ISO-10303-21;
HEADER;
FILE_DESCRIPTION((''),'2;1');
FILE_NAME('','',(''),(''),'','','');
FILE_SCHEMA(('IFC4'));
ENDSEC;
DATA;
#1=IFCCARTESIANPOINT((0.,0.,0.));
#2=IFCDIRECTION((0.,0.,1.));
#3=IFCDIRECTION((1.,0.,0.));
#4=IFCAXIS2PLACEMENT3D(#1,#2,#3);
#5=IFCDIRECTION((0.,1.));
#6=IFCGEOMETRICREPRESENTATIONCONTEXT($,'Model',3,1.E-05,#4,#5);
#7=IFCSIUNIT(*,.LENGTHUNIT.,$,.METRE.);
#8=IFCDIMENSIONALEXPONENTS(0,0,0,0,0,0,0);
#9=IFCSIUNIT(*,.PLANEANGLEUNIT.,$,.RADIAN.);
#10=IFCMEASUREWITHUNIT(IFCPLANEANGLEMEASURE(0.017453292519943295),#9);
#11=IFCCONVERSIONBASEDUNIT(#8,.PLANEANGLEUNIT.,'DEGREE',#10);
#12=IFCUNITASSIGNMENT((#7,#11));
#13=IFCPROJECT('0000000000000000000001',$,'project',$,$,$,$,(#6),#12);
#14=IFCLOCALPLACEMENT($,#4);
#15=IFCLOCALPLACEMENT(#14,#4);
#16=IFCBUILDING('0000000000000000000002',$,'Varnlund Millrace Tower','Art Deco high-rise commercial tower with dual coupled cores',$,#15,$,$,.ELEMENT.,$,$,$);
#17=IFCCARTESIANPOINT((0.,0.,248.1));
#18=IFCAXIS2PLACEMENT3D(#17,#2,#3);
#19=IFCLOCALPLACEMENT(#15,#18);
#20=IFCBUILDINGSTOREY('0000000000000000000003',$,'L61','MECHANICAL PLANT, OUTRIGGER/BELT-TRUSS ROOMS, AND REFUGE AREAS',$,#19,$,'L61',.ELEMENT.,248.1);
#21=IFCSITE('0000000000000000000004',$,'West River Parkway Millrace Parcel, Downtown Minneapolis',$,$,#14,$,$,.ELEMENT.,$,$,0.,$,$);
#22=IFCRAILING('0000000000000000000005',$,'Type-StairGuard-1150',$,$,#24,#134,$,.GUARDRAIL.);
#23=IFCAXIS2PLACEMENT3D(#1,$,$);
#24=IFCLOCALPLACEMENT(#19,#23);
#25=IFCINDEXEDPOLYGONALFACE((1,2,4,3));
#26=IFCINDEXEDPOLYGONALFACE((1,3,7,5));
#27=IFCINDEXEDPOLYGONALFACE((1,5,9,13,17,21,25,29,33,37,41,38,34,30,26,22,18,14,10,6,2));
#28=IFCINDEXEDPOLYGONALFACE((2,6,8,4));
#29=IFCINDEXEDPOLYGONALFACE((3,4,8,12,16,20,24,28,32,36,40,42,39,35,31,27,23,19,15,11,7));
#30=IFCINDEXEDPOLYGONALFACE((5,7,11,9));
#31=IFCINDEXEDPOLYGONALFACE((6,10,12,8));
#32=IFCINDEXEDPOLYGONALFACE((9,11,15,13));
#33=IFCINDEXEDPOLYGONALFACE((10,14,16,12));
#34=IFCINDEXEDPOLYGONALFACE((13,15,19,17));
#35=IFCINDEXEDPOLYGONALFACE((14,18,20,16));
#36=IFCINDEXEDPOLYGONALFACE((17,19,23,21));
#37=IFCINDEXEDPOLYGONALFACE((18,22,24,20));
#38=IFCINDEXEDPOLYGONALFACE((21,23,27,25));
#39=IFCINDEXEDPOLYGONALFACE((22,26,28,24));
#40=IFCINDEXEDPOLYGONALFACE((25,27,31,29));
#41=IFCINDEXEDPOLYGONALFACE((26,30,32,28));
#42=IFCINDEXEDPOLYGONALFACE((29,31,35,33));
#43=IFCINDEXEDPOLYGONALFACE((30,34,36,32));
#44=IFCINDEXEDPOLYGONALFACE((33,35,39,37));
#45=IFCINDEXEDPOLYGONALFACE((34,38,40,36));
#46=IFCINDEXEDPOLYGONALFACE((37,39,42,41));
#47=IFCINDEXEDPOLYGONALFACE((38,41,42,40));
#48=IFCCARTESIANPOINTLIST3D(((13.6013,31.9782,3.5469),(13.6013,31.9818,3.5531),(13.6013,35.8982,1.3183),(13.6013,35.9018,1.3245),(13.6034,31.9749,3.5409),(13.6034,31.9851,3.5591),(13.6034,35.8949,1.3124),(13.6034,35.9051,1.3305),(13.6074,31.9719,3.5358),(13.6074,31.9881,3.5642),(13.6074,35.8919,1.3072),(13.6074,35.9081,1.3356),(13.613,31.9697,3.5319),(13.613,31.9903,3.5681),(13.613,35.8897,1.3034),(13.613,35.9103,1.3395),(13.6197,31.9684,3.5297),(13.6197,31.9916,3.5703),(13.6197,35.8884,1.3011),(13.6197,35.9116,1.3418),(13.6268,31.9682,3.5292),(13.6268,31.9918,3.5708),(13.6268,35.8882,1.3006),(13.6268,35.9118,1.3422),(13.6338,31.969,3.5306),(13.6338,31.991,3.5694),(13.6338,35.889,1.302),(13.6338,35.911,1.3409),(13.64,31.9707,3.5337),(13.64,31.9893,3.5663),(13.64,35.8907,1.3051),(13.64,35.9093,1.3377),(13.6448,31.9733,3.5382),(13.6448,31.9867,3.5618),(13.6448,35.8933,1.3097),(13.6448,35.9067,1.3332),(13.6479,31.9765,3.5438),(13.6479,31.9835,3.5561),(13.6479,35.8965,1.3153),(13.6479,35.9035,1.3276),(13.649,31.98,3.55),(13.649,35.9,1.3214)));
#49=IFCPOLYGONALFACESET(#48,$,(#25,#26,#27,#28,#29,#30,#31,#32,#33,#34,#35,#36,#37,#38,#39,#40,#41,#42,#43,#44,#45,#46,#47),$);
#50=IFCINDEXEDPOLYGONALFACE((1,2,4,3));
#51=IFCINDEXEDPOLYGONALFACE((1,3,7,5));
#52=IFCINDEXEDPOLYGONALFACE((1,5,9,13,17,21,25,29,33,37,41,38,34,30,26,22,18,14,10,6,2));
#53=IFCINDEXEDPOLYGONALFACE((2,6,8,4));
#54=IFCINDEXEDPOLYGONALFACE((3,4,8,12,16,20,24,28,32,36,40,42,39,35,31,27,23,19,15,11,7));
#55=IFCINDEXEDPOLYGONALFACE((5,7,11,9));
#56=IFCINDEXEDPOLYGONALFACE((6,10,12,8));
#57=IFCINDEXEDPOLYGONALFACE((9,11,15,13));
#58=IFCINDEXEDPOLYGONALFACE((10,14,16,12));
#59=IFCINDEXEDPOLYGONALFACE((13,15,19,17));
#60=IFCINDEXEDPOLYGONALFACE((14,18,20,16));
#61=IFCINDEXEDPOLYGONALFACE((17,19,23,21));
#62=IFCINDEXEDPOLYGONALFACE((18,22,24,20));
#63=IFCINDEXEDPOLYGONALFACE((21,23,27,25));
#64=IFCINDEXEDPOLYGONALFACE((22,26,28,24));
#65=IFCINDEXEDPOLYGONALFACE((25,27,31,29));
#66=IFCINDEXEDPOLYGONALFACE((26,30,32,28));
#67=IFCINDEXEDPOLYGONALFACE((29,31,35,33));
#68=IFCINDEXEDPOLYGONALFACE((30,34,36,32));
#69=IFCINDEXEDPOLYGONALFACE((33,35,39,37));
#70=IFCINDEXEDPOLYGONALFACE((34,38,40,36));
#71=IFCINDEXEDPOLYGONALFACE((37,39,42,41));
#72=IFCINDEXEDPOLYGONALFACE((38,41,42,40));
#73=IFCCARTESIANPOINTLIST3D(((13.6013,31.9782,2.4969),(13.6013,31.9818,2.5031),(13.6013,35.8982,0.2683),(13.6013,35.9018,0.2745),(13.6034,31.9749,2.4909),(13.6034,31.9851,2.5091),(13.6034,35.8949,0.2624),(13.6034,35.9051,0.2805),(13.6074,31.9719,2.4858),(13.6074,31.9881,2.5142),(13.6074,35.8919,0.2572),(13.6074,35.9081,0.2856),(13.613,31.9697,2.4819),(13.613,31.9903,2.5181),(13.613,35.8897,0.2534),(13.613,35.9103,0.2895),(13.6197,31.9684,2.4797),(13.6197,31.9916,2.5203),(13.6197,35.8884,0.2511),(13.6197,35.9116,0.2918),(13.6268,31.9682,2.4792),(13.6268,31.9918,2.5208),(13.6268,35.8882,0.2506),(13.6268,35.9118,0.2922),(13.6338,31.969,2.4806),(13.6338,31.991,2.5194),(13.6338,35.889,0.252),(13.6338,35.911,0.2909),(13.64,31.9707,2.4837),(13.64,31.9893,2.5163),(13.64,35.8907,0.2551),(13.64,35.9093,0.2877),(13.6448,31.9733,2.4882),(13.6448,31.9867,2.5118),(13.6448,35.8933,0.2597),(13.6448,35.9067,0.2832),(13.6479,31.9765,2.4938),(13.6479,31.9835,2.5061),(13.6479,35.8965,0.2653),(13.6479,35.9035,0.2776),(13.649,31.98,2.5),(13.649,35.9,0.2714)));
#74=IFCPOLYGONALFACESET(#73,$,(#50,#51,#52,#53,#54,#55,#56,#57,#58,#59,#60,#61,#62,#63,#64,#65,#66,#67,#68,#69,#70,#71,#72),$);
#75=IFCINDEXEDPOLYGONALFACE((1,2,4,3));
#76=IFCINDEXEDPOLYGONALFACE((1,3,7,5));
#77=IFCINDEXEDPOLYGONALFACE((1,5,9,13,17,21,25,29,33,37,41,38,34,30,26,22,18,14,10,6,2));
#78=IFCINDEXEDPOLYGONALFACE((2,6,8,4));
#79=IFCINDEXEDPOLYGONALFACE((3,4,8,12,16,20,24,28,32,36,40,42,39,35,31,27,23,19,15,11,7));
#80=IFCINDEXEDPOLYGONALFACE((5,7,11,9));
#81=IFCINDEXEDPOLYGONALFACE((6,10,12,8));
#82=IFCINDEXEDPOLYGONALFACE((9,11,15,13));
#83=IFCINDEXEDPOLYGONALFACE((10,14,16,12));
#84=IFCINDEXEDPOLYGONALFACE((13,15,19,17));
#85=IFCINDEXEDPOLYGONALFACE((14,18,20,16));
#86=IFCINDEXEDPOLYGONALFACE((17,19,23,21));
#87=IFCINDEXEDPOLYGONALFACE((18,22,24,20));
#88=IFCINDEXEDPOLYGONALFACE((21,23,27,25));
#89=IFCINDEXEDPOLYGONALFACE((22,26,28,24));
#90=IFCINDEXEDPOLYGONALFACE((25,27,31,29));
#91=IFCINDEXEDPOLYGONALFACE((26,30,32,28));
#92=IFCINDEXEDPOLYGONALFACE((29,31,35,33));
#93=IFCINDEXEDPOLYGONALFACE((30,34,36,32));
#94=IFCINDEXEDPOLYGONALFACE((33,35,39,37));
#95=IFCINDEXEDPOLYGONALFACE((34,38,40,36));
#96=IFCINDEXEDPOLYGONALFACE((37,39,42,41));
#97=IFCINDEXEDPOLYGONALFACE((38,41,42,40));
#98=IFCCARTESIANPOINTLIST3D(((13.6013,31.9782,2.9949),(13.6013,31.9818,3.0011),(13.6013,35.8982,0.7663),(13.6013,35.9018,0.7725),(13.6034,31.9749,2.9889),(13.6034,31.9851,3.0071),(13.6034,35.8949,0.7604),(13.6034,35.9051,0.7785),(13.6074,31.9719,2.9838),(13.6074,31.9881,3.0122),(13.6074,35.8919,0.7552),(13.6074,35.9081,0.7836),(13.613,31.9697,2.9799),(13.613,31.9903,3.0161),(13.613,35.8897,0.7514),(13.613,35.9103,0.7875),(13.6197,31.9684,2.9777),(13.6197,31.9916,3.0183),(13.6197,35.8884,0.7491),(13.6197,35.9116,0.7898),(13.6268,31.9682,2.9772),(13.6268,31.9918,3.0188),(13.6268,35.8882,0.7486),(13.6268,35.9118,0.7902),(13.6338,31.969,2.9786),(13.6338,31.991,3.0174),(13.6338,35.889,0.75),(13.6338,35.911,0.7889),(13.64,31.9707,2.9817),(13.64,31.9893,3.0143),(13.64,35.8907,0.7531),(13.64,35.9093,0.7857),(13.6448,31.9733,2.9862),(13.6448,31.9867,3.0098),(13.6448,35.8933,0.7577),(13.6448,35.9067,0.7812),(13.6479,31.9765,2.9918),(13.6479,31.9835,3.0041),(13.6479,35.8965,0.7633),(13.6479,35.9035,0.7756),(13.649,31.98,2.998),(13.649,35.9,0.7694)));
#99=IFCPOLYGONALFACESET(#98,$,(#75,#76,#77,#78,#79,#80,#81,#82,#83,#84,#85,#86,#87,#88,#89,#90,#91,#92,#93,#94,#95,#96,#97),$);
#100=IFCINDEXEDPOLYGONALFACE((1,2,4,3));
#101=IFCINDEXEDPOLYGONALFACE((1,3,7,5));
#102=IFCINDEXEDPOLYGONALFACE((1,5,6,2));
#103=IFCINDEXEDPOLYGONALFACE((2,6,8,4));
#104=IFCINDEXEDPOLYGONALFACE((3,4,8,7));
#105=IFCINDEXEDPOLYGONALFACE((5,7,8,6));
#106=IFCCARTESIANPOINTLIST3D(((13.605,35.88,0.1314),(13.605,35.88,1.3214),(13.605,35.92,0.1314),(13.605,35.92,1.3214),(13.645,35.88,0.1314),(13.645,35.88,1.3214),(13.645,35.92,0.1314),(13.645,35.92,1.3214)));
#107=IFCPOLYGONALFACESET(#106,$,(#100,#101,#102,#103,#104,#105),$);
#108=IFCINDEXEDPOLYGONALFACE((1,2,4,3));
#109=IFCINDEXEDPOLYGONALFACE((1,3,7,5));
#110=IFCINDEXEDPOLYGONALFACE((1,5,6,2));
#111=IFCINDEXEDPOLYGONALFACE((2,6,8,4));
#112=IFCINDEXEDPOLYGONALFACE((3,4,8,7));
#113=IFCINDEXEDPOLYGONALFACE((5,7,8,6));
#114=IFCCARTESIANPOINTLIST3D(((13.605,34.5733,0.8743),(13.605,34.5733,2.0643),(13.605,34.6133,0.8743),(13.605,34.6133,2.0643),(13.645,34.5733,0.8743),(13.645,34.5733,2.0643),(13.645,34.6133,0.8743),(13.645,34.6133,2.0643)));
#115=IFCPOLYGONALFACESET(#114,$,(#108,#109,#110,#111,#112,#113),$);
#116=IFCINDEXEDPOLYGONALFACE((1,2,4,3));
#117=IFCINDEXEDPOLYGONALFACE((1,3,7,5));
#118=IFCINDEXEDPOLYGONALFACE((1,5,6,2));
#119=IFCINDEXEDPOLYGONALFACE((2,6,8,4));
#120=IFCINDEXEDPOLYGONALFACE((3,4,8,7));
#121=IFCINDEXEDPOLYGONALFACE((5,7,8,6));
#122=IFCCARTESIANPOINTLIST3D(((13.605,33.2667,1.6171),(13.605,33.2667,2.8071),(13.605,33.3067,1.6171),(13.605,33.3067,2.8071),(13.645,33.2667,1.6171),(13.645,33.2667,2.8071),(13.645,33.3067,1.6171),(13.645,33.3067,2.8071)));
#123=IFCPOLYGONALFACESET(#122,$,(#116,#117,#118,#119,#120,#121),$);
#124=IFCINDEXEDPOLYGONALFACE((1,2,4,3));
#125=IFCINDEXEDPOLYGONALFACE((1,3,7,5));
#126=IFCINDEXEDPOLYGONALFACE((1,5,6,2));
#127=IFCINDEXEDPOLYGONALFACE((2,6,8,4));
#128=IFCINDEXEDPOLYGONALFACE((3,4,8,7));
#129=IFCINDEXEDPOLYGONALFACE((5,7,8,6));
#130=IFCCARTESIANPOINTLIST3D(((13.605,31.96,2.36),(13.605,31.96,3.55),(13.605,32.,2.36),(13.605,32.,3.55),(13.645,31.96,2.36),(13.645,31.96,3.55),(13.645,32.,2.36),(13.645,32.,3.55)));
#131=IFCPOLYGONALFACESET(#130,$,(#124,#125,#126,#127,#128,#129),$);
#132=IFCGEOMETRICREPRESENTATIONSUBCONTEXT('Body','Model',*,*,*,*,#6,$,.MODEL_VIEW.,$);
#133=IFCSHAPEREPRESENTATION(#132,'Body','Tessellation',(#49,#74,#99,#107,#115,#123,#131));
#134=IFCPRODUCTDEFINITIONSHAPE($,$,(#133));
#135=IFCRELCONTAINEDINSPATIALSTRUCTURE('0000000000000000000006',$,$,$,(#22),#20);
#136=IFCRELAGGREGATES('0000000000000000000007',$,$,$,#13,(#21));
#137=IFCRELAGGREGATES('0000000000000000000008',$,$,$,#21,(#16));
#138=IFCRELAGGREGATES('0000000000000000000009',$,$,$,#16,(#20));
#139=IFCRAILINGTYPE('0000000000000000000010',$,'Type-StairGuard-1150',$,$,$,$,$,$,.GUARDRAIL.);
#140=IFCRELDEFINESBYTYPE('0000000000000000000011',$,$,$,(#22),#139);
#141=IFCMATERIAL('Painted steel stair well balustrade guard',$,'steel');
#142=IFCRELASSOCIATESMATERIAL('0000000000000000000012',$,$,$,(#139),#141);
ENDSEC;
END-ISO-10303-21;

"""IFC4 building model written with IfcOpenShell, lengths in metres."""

from ifc_helpers import new_model, entity, si_unit, converted_unit, direction, frame, origin_with_axes, origin_2d_with_axis, place, context, subcontext, project, spatial, rectangle, circle, extrude, material, type_object, element, save


model = new_model("IFC4")

# Units and contexts
model_context = context("Model", 3, precision=1e-05, world=origin_with_axes(), true_north=direction((0.0, 1.0)))
body_context = subcontext(model_context, "Body", "Model", "MODEL_VIEW")
ifc_project = project(units=[si_unit("LENGTHUNIT", "METRE"), converted_unit("PLANEANGLEUNIT", "DEGREE", entity("IfcPlaneAngleMeasure", 0.017453292519943295), si_unit("PLANEANGLEUNIT", "RADIAN"), dimensions=[0, 0, 0, 0, 0, 0, 0])], contexts=[model_context])

# Site, building, storey
site_placement = place(None, origin_with_axes())
site = spatial("IfcSite", under=ifc_project, at=site_placement, Name="West River Parkway Millrace Parcel, Downtown Minneapolis", CompositionType="ELEMENT", RefElevation=0.0)
building_placement = place(site_placement, origin_with_axes())
building = spatial("IfcBuilding", under=site, at=building_placement, Name="Varnlund Millrace Tower", Description="Art Deco high-rise commercial tower with dual coupled cores", CompositionType="ELEMENT")
storey_placement = place(building_placement, frame((0.0, 0.0, 248.1), z_axis=(0.0, 0.0, 1.0), x_axis=(1.0, 0.0, 0.0)))
storey = spatial("IfcBuildingStorey", under=building, at=storey_placement, Name="L61", Description="MECHANICAL PLANT, OUTRIGGER/BELT-TRUSS ROOMS, AND REFUGE AREAS", LongName="L61", CompositionType="ELEMENT", Elevation=248.1)

# Railing
ifc_material_1 = material(Name="Painted steel stair well balustrade guard", Category="steel")
railing_type_1 = type_object("IfcRailingType", Name="Type-StairGuard-1150", PredefinedType="GUARDRAIL", material=ifc_material_1)
railing_1_placement = place(storey_placement, frame((0.0, 0.0, -248.1), z_axis=(0.0, 0.0, 1.0), x_axis=(1.0, 0.0, 0.0)))
element("IfcRailing", 1, at=railing_1_placement, inside=storey, type_object=railing_type_1, Name="Type-StairGuard-1150", PredefinedType="GUARDRAIL", context=body_context, shape_type="SweptSolid", body=[
    extrude(circle(Radius=0.024, at=origin_2d_with_axis()), frame((13.625, 35.9, 249.4214), z_axis=(0.0, -0.869333, 0.494227), x_axis=(1.0, 0.0, 0.0)), (0.0, 0.0, 1.0), 4.5092),
    extrude(circle(Radius=0.024, at=origin_2d_with_axis()), frame((13.625, 35.9, 248.3714), z_axis=(0.0, -0.869333, 0.494227), x_axis=(1.0, 0.0, 0.0)), (0.0, 0.0, 1.0), 4.5092),
    extrude(circle(Radius=0.024, at=origin_2d_with_axis()), frame((13.625, 35.9, 248.8694), z_axis=(0.0, -0.869333, 0.494227), x_axis=(1.0, 0.0, 0.0)), (0.0, 0.0, 1.0), 4.5092),
    extrude(rectangle(XDim=0.04, YDim=0.04, at=origin_2d_with_axis()), frame((13.625, 35.9, 248.2314), z_axis=(0.0, 0.0, 1.0), x_axis=(1.0, 0.0, 0.0)), (0.0, 0.0, 1.0), 1.19),
    extrude(rectangle(XDim=0.04, YDim=0.04, at=origin_2d_with_axis()), frame((13.625, 34.5933, 248.9743), z_axis=(0.0, 0.0, 1.0), x_axis=(1.0, 0.0, 0.0)), (0.0, 0.0, 1.0), 1.19),
    extrude(rectangle(XDim=0.04, YDim=0.04, at=origin_2d_with_axis()), frame((13.625, 33.2867, 249.7171), z_axis=(0.0, 0.0, 1.0), x_axis=(1.0, 0.0, 0.0)), (0.0, 0.0, 1.0), 1.19),
    extrude(rectangle(XDim=0.04, YDim=0.04, at=origin_2d_with_axis()), frame((13.625, 31.98, 250.46), z_axis=(0.0, 0.0, 1.0), x_axis=(1.0, 0.0, 0.0)), (0.0, 0.0, 1.0), 1.19),
])

save(model, "model.ifc")
